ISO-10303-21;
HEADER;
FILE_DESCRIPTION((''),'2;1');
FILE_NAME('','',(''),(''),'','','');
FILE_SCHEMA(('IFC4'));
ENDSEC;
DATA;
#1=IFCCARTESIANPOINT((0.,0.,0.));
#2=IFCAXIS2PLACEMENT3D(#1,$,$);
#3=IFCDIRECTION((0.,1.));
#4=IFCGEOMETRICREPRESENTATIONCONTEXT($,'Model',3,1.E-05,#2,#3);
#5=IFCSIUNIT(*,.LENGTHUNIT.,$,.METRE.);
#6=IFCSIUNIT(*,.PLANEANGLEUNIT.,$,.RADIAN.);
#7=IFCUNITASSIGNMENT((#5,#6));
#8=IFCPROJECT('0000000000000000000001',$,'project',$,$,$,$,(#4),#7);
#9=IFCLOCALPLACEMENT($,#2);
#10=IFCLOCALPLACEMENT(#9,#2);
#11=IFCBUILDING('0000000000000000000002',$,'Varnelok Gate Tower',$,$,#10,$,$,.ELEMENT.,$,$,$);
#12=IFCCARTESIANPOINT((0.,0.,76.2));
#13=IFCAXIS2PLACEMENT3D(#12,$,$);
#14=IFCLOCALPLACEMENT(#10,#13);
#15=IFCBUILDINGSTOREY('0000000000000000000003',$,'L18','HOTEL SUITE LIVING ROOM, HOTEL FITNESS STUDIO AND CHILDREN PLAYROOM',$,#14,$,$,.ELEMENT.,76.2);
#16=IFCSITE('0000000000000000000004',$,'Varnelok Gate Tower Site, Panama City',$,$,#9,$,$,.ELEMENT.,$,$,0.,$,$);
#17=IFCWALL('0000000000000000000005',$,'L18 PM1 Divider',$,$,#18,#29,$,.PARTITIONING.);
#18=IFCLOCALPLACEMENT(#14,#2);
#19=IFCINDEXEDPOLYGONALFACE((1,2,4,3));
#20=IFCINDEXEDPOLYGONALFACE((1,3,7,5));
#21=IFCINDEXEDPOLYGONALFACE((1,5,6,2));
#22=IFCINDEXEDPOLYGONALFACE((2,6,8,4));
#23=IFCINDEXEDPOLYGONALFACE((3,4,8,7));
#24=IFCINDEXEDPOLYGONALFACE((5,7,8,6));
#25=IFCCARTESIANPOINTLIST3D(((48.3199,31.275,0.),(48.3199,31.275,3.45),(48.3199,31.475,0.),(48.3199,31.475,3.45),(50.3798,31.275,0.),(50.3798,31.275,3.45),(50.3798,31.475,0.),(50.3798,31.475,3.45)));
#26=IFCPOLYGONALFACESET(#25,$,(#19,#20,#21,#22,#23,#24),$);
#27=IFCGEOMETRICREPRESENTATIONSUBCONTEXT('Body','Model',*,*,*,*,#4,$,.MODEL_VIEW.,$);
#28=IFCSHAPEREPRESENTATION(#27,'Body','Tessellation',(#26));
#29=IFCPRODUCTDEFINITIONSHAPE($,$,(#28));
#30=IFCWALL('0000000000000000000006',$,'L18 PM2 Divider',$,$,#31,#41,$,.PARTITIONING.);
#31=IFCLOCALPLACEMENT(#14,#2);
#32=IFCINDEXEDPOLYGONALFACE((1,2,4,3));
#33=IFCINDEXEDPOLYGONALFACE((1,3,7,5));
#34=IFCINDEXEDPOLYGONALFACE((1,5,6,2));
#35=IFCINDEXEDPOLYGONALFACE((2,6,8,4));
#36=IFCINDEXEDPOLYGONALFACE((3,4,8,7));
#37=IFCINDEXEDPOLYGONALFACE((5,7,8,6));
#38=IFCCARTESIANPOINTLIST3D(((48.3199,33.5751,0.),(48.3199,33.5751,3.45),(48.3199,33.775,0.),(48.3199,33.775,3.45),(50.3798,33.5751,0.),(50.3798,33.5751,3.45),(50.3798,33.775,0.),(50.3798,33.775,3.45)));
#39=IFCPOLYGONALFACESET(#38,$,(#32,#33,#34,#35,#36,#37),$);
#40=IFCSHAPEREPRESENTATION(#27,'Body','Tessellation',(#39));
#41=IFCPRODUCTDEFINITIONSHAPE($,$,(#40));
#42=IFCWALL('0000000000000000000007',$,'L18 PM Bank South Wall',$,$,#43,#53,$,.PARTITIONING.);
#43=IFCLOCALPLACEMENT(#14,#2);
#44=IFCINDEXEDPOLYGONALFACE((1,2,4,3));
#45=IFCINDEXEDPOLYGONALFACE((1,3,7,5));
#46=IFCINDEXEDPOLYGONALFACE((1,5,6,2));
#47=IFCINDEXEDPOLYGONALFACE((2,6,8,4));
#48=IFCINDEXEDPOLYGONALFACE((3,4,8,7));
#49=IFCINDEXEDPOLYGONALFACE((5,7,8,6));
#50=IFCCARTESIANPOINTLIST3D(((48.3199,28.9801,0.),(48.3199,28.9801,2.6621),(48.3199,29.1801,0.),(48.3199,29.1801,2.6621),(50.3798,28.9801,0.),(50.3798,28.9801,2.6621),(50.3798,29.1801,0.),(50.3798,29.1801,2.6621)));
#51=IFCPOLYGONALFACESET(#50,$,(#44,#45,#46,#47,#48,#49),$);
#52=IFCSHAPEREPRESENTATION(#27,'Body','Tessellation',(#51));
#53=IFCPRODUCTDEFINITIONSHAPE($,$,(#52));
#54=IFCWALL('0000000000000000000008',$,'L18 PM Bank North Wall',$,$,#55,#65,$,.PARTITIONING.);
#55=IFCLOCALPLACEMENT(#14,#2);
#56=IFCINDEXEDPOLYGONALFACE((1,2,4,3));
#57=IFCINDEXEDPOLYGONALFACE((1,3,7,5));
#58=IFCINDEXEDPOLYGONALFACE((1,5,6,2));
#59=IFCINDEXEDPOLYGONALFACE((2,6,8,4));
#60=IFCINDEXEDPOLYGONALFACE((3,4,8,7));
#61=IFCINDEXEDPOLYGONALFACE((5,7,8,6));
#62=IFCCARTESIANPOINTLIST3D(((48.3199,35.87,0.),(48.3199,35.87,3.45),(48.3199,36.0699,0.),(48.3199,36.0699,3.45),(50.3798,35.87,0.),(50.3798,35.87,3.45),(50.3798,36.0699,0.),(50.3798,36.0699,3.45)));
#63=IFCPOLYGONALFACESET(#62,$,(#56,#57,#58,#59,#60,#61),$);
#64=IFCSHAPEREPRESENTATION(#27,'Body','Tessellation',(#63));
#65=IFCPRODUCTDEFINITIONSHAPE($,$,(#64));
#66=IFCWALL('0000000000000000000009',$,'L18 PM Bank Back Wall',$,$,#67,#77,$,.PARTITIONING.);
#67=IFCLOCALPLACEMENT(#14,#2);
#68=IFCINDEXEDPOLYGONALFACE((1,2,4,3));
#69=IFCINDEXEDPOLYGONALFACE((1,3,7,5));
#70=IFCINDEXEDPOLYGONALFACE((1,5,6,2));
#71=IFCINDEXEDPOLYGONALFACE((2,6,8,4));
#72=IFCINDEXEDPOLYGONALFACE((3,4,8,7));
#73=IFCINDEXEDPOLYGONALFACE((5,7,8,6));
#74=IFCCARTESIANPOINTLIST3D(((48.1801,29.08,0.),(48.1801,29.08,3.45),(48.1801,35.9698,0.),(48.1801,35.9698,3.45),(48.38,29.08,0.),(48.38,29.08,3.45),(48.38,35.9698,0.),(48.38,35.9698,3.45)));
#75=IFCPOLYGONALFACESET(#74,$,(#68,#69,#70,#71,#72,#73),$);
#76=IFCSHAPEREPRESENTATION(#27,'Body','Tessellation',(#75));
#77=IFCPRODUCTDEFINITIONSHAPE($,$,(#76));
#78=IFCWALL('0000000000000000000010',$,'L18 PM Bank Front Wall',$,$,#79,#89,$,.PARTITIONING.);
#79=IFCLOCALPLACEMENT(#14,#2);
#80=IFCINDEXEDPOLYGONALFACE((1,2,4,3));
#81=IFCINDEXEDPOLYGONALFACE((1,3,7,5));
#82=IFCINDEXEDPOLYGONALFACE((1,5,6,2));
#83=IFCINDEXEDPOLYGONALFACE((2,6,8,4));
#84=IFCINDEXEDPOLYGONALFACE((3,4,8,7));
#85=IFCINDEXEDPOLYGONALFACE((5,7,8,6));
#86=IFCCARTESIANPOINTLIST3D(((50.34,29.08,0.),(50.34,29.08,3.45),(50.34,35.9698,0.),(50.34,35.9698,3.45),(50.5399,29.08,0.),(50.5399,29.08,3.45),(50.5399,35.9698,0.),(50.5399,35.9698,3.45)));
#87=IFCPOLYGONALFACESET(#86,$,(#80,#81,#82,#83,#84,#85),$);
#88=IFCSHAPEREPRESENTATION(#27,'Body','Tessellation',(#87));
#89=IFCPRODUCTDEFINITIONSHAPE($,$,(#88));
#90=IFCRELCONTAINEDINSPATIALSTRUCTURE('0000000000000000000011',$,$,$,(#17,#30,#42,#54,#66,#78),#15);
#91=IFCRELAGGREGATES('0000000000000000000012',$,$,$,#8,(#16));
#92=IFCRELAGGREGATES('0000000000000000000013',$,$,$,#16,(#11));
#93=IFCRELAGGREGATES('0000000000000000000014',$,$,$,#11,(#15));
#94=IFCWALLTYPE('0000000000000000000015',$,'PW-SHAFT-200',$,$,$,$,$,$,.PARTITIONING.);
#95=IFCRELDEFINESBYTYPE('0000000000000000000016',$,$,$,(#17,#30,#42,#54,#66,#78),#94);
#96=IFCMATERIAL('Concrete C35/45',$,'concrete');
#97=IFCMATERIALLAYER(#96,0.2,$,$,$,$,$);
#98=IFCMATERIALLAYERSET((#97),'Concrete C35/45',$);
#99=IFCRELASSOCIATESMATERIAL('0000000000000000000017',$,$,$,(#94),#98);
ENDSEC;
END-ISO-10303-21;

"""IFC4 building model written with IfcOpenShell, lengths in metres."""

from ifc_helpers import new_model, si_unit, direction, frame, frame_2d, origin, place, context, subcontext, project, spatial, rectangle, extrude, material, layer, layer_set, type_object, element, save


model = new_model("IFC4")

# Units and contexts
model_context = context("Model", 3, precision=1e-05, world=origin(), true_north=direction((0.0, 1.0)))
body_context = subcontext(model_context, "Body", "Model", "MODEL_VIEW")
ifc_project = project(units=[si_unit("LENGTHUNIT", "METRE"), si_unit("PLANEANGLEUNIT", "RADIAN")], contexts=[model_context])

# Site, building, storey
site_placement = place(None, origin())
site = spatial("IfcSite", under=ifc_project, at=site_placement, Name="Varnelok Gate Tower Site, Panama City", CompositionType="ELEMENT", RefElevation=0.0)
building_placement = place(site_placement, origin())
building = spatial("IfcBuilding", under=site, at=building_placement, Name="Varnelok Gate Tower", CompositionType="ELEMENT")
storey_placement = place(building_placement, frame((0.0, 0.0, 76.2)))
storey = spatial("IfcBuildingStorey", under=building, at=storey_placement, Name="L18", Description="HOTEL SUITE LIVING ROOM, HOTEL FITNESS STUDIO AND CHILDREN PLAYROOM", CompositionType="ELEMENT", Elevation=76.2)

# Walls
ifc_material_1 = material(Name="Concrete C35/45", Category="concrete")
ifc_layer_1 = layer(ifc_material_1, 0.2)
ifc_layer_set_1 = layer_set([ifc_layer_1], Name="Concrete C35/45")
wall_type_1 = type_object("IfcWallType", Name="PW-SHAFT-200", PredefinedType="PARTITIONING", material=ifc_layer_set_1)
for number, where, z_axis, x_axis, name in (
    (1, (48.3201, 31.375, 0.0), (0.0, 0.0, 1.0), (1.0, 0.0, 0.0), "L18 PM1 Divider"),
    (2, (48.3201, 33.675, 0.0), (0.0, 0.0, 1.0), (1.0, 0.0, 0.0), "L18 PM2 Divider"),
):
    element("IfcWall", number, at=place(storey_placement, frame(where, z_axis=z_axis, x_axis=x_axis)), inside=storey, type_object=wall_type_1, Name=name, PredefinedType="PARTITIONING", context=body_context, shape_type="SweptSolid", body=[
        extrude(rectangle(XDim=2.0598, YDim=0.2, at=frame_2d((1.0298, 0.0))), origin(), (0.0, 0.0, 1.0), 3.45),
    ])
wall_1_placement = place(storey_placement, frame((48.3201, 29.0801, 0.0), z_axis=(0.0, 0.0, 1.0), x_axis=(1.0, 0.0, 0.0)))
element("IfcWall", 3, at=wall_1_placement, inside=storey, type_object=wall_type_1, Name="L18 PM Bank South Wall", PredefinedType="PARTITIONING", context=body_context, shape_type="SweptSolid", body=[
    extrude(rectangle(XDim=2.0598, YDim=0.2, at=frame_2d((1.0298, 0.0))), origin(), (0.0, 0.0, 1.0), 2.6621),
])
wall_2_placement = place(storey_placement, frame((48.3201, 35.97, 0.0), z_axis=(0.0, 0.0, 1.0), x_axis=(1.0, 0.0, 0.0)))
element("IfcWall", 4, at=wall_2_placement, inside=storey, type_object=wall_type_1, Name="L18 PM Bank North Wall", PredefinedType="PARTITIONING", context=body_context, shape_type="SweptSolid", body=[
    extrude(rectangle(XDim=2.0598, YDim=0.2, at=frame_2d((1.0298, 0.0))), origin(), (0.0, 0.0, 1.0), 3.45),
])
for number, where, z_axis, x_axis, name in (
    (5, (48.28, 29.0801, 0.0), (0.0, 0.0, 1.0), (0.0, 1.0, 0.0), "L18 PM Bank Back Wall"),
    (6, (50.4399, 29.0801, 0.0), (0.0, 0.0, 1.0), (0.0, 1.0, 0.0), "L18 PM Bank Front Wall"),
):
    element("IfcWall", number, at=place(storey_placement, frame(where, z_axis=z_axis, x_axis=x_axis)), inside=storey, type_object=wall_type_1, Name=name, PredefinedType="PARTITIONING", context=body_context, shape_type="SweptSolid", body=[
        extrude(rectangle(XDim=6.8899, YDim=0.2, at=frame_2d((3.4448, 0.0))), origin(), (0.0, 0.0, 1.0), 3.45),
    ])

save(model, "model.ifc")
